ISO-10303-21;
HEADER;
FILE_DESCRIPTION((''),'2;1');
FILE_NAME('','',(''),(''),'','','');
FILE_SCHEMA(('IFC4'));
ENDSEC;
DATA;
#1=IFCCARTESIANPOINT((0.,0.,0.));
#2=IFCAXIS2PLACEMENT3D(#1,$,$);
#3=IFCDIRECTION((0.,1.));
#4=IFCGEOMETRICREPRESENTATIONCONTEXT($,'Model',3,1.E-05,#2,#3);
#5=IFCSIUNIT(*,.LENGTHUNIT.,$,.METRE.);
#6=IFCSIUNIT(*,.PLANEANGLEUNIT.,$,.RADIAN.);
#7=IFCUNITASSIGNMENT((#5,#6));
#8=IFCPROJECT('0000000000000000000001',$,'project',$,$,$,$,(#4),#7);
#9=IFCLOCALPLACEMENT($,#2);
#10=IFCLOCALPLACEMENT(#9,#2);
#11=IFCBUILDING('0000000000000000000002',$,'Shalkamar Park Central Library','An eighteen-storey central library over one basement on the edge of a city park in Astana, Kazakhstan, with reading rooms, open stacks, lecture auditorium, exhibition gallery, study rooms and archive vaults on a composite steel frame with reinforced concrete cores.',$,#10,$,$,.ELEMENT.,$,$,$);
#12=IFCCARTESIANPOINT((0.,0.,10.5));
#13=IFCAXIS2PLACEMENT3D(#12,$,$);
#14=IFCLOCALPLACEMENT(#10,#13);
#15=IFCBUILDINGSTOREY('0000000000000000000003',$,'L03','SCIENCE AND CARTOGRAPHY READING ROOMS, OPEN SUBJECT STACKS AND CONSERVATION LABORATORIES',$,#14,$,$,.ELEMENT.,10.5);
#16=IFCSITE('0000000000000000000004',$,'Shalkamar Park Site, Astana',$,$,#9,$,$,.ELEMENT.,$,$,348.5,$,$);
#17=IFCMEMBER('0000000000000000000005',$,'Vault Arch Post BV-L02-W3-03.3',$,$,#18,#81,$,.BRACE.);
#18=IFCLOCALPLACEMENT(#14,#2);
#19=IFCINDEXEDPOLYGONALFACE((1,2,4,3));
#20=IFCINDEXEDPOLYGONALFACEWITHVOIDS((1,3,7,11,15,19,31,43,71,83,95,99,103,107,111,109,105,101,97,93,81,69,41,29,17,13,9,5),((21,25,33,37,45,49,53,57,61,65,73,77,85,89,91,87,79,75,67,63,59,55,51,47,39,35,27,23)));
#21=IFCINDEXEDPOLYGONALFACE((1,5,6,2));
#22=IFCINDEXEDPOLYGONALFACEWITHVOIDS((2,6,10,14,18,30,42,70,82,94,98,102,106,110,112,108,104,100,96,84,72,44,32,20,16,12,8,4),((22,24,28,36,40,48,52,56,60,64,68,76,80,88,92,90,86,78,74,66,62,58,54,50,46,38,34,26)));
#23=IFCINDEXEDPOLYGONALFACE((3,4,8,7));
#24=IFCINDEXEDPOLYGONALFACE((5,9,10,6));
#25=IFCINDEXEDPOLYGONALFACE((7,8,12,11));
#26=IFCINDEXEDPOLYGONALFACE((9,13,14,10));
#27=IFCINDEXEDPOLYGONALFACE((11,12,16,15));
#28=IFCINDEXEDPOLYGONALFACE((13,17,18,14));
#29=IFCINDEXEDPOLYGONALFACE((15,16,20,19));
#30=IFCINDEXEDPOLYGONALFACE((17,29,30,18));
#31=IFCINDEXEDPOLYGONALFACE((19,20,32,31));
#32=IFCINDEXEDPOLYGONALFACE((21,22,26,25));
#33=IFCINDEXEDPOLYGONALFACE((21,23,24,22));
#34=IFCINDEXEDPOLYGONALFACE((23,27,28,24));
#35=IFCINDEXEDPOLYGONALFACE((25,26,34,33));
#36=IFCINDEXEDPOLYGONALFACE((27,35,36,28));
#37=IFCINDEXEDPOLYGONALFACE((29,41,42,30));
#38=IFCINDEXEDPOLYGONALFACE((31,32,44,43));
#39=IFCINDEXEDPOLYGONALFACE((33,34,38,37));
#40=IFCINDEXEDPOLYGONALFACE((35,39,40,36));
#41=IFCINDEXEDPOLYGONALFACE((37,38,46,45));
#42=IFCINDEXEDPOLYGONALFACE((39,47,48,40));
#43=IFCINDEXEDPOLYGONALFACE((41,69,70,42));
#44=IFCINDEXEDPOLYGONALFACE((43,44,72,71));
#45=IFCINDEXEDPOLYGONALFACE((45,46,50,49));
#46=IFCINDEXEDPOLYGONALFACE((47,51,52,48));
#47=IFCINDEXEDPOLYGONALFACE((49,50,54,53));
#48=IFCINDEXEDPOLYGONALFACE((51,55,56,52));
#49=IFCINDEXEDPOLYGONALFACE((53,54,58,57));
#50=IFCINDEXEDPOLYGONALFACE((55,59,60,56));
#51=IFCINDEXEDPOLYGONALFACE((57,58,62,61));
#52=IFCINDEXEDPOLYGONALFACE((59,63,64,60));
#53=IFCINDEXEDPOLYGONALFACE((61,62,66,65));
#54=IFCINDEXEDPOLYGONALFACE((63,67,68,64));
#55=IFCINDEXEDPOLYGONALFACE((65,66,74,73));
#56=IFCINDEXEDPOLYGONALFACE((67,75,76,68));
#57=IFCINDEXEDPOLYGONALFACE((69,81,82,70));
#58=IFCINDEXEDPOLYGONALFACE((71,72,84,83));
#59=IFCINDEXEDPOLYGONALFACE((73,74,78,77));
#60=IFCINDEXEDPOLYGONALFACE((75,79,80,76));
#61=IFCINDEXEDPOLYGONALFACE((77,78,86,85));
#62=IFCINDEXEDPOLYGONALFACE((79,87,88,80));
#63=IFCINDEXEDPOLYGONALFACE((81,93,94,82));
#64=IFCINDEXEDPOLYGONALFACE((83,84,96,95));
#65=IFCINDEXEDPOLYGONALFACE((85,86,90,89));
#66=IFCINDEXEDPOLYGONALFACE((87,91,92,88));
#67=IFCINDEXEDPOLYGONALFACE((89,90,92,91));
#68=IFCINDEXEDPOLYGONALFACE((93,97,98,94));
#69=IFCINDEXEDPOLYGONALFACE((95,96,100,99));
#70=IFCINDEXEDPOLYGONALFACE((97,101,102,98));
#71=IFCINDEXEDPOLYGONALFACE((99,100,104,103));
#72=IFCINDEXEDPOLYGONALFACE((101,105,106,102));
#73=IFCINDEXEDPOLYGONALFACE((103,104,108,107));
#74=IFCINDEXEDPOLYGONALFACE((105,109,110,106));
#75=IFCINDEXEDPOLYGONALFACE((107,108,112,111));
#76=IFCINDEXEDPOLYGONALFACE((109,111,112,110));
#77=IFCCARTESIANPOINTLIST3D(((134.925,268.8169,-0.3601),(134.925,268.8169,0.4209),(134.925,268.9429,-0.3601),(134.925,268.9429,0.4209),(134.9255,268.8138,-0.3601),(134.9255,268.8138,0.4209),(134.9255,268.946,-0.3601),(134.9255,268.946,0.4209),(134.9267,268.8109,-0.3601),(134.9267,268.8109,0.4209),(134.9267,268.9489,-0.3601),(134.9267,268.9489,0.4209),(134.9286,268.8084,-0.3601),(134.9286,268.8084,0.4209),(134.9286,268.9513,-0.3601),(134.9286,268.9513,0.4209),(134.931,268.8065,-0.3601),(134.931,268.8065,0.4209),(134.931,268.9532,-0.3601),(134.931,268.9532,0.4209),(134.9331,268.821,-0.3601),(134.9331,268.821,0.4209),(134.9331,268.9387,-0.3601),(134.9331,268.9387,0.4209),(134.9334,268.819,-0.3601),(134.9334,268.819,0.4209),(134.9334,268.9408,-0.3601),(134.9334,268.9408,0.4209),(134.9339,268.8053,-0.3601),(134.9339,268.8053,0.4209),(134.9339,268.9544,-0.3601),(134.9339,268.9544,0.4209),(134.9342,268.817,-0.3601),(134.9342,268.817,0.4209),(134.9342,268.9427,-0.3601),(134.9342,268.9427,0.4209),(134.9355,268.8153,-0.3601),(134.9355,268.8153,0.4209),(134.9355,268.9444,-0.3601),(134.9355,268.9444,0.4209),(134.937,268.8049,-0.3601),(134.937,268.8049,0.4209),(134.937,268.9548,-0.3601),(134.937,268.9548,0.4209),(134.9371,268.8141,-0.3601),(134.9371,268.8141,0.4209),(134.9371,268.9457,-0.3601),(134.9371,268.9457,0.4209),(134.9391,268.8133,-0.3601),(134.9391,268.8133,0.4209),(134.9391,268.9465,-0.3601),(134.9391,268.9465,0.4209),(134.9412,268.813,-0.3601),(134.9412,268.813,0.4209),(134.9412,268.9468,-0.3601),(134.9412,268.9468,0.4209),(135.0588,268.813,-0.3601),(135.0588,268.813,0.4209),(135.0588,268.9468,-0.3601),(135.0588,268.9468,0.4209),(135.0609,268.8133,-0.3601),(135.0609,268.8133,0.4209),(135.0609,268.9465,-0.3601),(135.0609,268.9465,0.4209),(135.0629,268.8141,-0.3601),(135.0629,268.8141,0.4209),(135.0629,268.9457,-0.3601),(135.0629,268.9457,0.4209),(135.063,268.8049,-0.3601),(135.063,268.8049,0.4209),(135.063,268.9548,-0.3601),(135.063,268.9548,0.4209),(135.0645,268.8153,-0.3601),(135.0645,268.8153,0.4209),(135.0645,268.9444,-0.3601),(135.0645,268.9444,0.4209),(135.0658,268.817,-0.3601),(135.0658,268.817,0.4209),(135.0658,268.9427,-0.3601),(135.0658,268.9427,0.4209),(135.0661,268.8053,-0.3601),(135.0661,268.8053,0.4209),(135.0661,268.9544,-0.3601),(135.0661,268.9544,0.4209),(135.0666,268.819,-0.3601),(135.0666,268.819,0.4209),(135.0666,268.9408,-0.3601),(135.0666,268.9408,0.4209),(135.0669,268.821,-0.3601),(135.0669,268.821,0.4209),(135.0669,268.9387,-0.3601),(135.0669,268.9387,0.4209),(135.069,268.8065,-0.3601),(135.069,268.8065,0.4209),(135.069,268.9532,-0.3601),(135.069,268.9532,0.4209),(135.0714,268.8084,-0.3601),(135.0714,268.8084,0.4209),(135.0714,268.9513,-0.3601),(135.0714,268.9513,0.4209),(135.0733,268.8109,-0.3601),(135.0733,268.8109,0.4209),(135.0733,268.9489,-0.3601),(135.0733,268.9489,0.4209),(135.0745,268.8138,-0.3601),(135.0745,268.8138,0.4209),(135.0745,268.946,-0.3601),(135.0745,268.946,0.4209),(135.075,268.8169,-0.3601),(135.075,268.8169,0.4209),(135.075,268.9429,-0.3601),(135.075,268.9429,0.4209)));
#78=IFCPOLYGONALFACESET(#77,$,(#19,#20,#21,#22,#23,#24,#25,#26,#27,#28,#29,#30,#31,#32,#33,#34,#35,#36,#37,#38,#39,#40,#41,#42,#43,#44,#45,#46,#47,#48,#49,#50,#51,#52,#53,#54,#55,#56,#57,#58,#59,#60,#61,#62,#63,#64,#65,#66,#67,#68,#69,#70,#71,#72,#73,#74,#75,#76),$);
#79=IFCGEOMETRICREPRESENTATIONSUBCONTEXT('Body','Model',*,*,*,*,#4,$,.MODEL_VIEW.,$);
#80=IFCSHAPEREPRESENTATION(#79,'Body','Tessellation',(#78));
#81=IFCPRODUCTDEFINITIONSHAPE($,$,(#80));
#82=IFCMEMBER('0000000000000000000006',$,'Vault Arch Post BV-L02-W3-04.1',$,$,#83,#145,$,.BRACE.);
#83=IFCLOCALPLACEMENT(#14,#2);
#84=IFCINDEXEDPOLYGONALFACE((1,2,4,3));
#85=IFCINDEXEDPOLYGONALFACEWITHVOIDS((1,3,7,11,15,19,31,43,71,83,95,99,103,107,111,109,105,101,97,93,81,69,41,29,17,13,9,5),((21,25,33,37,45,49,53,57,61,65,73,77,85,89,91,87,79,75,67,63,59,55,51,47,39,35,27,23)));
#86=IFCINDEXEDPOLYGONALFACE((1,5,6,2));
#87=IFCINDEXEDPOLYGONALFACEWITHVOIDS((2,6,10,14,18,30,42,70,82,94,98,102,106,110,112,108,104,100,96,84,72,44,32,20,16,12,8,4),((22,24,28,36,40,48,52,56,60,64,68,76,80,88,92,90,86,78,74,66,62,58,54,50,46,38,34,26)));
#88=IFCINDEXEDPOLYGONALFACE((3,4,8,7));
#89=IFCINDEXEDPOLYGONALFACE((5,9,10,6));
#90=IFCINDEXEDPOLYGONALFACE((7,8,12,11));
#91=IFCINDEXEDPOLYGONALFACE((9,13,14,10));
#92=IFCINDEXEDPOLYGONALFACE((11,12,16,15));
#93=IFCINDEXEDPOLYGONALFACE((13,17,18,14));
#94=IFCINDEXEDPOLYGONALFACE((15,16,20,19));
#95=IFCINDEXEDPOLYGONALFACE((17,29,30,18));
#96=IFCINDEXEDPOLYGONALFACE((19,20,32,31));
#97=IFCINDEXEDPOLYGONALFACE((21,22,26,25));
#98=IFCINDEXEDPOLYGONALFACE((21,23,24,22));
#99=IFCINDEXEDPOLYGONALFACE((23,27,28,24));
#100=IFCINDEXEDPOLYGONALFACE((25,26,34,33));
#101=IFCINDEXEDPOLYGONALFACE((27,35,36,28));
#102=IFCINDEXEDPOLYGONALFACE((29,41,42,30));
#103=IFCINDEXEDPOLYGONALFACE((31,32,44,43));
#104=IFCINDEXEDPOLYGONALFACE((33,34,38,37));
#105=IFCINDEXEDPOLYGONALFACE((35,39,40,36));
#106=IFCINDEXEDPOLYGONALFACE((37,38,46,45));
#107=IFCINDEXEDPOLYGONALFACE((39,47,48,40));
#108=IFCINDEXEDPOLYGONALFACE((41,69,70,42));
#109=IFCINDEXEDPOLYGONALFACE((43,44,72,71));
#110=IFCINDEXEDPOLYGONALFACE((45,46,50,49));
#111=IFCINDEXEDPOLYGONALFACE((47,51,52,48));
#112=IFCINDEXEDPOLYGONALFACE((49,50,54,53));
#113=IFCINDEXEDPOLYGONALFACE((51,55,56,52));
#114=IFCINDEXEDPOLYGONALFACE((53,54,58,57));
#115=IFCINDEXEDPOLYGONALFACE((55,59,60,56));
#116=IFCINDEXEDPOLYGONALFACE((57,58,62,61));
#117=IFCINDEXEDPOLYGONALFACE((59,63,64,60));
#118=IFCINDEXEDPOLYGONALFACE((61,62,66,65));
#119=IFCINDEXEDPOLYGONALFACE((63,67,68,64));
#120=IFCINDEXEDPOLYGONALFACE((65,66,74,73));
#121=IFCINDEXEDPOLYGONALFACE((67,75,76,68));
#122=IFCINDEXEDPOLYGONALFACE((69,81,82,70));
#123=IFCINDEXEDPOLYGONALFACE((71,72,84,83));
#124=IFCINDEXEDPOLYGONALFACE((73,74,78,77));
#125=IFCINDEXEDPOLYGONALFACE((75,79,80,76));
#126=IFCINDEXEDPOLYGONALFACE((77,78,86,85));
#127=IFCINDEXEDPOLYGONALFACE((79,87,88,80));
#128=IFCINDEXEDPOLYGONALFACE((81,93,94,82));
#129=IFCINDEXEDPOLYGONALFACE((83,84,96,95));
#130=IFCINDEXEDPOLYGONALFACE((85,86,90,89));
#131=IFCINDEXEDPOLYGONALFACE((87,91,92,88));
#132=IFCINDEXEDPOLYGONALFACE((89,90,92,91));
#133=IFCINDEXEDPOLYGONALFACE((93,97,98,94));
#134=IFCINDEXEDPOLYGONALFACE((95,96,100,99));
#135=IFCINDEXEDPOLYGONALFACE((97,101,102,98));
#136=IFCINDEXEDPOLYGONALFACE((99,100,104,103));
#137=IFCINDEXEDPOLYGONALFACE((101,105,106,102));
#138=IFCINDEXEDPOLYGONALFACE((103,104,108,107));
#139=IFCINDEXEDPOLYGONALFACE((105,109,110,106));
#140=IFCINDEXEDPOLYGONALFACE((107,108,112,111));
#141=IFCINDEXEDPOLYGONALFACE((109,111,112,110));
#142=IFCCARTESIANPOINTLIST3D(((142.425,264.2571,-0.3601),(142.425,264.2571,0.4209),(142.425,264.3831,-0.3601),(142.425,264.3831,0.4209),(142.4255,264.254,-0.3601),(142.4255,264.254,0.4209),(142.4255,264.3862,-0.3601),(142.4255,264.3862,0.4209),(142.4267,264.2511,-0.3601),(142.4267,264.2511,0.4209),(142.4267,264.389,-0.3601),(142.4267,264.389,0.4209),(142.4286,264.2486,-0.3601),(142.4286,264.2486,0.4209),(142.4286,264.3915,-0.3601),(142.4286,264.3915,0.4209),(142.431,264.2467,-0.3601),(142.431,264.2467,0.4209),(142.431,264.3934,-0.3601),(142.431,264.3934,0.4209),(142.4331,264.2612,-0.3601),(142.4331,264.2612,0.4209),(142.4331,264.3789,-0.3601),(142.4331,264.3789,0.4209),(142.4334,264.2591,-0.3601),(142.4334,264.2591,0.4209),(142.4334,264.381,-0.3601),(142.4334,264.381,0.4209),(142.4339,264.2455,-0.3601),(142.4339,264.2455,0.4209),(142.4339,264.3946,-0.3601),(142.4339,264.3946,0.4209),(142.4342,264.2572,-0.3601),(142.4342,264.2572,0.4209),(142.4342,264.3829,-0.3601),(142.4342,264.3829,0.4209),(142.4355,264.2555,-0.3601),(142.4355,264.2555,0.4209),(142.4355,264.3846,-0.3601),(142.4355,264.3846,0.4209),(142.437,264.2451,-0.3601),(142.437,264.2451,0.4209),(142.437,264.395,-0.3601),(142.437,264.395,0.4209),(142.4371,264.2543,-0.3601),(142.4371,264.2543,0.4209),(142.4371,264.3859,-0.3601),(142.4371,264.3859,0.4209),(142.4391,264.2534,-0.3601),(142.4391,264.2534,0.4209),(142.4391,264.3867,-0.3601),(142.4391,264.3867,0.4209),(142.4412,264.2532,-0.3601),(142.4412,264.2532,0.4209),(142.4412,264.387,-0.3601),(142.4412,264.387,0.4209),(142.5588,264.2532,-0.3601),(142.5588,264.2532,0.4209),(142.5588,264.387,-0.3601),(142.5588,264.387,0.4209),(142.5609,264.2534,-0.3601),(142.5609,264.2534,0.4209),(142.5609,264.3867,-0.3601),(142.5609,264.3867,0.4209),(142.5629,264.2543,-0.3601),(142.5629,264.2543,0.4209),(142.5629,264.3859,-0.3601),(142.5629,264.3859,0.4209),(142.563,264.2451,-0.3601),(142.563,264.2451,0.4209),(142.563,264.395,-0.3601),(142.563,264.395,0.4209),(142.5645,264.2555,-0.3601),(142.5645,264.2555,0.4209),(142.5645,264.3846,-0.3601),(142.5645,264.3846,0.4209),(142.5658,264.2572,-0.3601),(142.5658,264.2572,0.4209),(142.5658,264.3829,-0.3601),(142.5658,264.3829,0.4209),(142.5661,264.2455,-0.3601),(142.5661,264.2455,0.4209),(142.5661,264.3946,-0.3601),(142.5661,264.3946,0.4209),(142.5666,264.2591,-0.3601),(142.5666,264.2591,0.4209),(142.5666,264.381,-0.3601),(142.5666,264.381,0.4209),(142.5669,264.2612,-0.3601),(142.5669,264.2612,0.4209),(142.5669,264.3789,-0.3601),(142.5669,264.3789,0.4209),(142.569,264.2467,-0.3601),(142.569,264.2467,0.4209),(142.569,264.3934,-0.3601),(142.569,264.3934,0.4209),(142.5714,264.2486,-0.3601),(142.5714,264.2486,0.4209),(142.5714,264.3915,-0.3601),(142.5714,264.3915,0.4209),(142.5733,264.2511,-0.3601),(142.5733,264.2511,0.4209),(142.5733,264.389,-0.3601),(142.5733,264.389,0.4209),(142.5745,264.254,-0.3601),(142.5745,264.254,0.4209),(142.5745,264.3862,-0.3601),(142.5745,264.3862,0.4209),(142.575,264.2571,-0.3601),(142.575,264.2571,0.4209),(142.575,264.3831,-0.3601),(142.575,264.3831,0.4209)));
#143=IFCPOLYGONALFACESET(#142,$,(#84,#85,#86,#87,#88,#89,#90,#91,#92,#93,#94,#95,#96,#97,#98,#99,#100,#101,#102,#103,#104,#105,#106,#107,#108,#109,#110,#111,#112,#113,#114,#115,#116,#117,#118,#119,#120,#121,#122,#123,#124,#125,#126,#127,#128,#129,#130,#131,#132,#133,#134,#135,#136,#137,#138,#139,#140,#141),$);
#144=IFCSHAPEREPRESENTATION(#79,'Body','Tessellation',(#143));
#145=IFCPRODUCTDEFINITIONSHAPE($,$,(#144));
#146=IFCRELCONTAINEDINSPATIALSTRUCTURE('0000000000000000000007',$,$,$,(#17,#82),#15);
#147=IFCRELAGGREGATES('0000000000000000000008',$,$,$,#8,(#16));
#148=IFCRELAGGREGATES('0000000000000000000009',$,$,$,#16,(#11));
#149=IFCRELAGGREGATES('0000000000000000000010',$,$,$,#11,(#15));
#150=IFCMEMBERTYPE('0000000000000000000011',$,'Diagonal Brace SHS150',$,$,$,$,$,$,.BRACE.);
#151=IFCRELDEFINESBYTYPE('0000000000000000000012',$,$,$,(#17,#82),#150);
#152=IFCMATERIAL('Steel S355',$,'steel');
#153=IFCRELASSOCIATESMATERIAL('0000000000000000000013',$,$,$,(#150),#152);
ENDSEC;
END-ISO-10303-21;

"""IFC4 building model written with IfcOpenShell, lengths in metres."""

from ifc_helpers import new_model, si_unit, direction, frame, origin, origin_2d, place, context, subcontext, project, spatial, hollow_rectangle, extrude, material, material_profile, profile_set, type_object, element, save


model = new_model("IFC4")

# Units and contexts
model_context = context("Model", 3, precision=1e-05, world=origin(), true_north=direction((0.0, 1.0)))
body_context = subcontext(model_context, "Body", "Model", "MODEL_VIEW")
ifc_project = project(units=[si_unit("LENGTHUNIT", "METRE"), si_unit("PLANEANGLEUNIT", "RADIAN")], contexts=[model_context])

# Site, building, storey
site_placement = place(None, origin())
site = spatial("IfcSite", under=ifc_project, at=site_placement, Name="Shalkamar Park Site, Astana", CompositionType="ELEMENT", RefElevation=348.5)
building_placement = place(site_placement, origin())
building = spatial("IfcBuilding", under=site, at=building_placement, Name="Shalkamar Park Central Library", Description="An eighteen-storey central library over one basement on the edge of a city park in Astana, Kazakhstan, with reading rooms, open stacks, lecture auditorium, exhibition gallery, study rooms and archive vaults on a composite steel frame with reinforced concrete cores.", CompositionType="ELEMENT")
storey_placement = place(building_placement, frame((0.0, 0.0, 10.5)))
storey = spatial("IfcBuildingStorey", under=building, at=storey_placement, Name="L03", Description="SCIENCE AND CARTOGRAPHY READING ROOMS, OPEN SUBJECT STACKS AND CONSERVATION LABORATORIES", CompositionType="ELEMENT", Elevation=10.5)

# Members
ifc_material_1 = material(Name="Steel S355", Category="steel")
ifc_material_profile_1 = material_profile(ifc_material_1, hollow_rectangle(XDim=0.1499, YDim=0.1499, WallThickness=0.0081, InnerFilletRadius=0.0081, OuterFilletRadius=0.012, at=origin_2d()), Name="SHS 150x150x8")
ifc_profile_set_1 = profile_set([ifc_material_profile_1], Name="Steel S355")
member_type_1 = type_object("IfcMemberType", Name="Diagonal Brace SHS150", PredefinedType="BRACE", material=ifc_profile_set_1)
for number, where, z_axis, x_axis, name in (
    (1, (135.0, 268.8799, -0.3601), (0.0, 0.0, 1.0), (1.0, 0.0, 0.0), "Vault Arch Post BV-L02-W3-03.3"),
    (2, (142.5, 264.3201, -0.3601), (0.0, 0.0, 1.0), (1.0, 0.0, 0.0), "Vault Arch Post BV-L02-W3-04.1"),
):
    element("IfcMember", number, at=place(storey_placement, frame(where, z_axis=z_axis, x_axis=x_axis)), inside=storey, type_object=member_type_1, Name=name, PredefinedType="BRACE", context=body_context, shape_type="SweptSolid", body=[
        extrude(hollow_rectangle(XDim=0.1499, YDim=0.1499, WallThickness=0.0081, InnerFilletRadius=0.0081, OuterFilletRadius=0.012, at=origin_2d()), origin(), (0.0, 0.0, 1.0), 0.781),
    ])

save(model, "model.ifc")
